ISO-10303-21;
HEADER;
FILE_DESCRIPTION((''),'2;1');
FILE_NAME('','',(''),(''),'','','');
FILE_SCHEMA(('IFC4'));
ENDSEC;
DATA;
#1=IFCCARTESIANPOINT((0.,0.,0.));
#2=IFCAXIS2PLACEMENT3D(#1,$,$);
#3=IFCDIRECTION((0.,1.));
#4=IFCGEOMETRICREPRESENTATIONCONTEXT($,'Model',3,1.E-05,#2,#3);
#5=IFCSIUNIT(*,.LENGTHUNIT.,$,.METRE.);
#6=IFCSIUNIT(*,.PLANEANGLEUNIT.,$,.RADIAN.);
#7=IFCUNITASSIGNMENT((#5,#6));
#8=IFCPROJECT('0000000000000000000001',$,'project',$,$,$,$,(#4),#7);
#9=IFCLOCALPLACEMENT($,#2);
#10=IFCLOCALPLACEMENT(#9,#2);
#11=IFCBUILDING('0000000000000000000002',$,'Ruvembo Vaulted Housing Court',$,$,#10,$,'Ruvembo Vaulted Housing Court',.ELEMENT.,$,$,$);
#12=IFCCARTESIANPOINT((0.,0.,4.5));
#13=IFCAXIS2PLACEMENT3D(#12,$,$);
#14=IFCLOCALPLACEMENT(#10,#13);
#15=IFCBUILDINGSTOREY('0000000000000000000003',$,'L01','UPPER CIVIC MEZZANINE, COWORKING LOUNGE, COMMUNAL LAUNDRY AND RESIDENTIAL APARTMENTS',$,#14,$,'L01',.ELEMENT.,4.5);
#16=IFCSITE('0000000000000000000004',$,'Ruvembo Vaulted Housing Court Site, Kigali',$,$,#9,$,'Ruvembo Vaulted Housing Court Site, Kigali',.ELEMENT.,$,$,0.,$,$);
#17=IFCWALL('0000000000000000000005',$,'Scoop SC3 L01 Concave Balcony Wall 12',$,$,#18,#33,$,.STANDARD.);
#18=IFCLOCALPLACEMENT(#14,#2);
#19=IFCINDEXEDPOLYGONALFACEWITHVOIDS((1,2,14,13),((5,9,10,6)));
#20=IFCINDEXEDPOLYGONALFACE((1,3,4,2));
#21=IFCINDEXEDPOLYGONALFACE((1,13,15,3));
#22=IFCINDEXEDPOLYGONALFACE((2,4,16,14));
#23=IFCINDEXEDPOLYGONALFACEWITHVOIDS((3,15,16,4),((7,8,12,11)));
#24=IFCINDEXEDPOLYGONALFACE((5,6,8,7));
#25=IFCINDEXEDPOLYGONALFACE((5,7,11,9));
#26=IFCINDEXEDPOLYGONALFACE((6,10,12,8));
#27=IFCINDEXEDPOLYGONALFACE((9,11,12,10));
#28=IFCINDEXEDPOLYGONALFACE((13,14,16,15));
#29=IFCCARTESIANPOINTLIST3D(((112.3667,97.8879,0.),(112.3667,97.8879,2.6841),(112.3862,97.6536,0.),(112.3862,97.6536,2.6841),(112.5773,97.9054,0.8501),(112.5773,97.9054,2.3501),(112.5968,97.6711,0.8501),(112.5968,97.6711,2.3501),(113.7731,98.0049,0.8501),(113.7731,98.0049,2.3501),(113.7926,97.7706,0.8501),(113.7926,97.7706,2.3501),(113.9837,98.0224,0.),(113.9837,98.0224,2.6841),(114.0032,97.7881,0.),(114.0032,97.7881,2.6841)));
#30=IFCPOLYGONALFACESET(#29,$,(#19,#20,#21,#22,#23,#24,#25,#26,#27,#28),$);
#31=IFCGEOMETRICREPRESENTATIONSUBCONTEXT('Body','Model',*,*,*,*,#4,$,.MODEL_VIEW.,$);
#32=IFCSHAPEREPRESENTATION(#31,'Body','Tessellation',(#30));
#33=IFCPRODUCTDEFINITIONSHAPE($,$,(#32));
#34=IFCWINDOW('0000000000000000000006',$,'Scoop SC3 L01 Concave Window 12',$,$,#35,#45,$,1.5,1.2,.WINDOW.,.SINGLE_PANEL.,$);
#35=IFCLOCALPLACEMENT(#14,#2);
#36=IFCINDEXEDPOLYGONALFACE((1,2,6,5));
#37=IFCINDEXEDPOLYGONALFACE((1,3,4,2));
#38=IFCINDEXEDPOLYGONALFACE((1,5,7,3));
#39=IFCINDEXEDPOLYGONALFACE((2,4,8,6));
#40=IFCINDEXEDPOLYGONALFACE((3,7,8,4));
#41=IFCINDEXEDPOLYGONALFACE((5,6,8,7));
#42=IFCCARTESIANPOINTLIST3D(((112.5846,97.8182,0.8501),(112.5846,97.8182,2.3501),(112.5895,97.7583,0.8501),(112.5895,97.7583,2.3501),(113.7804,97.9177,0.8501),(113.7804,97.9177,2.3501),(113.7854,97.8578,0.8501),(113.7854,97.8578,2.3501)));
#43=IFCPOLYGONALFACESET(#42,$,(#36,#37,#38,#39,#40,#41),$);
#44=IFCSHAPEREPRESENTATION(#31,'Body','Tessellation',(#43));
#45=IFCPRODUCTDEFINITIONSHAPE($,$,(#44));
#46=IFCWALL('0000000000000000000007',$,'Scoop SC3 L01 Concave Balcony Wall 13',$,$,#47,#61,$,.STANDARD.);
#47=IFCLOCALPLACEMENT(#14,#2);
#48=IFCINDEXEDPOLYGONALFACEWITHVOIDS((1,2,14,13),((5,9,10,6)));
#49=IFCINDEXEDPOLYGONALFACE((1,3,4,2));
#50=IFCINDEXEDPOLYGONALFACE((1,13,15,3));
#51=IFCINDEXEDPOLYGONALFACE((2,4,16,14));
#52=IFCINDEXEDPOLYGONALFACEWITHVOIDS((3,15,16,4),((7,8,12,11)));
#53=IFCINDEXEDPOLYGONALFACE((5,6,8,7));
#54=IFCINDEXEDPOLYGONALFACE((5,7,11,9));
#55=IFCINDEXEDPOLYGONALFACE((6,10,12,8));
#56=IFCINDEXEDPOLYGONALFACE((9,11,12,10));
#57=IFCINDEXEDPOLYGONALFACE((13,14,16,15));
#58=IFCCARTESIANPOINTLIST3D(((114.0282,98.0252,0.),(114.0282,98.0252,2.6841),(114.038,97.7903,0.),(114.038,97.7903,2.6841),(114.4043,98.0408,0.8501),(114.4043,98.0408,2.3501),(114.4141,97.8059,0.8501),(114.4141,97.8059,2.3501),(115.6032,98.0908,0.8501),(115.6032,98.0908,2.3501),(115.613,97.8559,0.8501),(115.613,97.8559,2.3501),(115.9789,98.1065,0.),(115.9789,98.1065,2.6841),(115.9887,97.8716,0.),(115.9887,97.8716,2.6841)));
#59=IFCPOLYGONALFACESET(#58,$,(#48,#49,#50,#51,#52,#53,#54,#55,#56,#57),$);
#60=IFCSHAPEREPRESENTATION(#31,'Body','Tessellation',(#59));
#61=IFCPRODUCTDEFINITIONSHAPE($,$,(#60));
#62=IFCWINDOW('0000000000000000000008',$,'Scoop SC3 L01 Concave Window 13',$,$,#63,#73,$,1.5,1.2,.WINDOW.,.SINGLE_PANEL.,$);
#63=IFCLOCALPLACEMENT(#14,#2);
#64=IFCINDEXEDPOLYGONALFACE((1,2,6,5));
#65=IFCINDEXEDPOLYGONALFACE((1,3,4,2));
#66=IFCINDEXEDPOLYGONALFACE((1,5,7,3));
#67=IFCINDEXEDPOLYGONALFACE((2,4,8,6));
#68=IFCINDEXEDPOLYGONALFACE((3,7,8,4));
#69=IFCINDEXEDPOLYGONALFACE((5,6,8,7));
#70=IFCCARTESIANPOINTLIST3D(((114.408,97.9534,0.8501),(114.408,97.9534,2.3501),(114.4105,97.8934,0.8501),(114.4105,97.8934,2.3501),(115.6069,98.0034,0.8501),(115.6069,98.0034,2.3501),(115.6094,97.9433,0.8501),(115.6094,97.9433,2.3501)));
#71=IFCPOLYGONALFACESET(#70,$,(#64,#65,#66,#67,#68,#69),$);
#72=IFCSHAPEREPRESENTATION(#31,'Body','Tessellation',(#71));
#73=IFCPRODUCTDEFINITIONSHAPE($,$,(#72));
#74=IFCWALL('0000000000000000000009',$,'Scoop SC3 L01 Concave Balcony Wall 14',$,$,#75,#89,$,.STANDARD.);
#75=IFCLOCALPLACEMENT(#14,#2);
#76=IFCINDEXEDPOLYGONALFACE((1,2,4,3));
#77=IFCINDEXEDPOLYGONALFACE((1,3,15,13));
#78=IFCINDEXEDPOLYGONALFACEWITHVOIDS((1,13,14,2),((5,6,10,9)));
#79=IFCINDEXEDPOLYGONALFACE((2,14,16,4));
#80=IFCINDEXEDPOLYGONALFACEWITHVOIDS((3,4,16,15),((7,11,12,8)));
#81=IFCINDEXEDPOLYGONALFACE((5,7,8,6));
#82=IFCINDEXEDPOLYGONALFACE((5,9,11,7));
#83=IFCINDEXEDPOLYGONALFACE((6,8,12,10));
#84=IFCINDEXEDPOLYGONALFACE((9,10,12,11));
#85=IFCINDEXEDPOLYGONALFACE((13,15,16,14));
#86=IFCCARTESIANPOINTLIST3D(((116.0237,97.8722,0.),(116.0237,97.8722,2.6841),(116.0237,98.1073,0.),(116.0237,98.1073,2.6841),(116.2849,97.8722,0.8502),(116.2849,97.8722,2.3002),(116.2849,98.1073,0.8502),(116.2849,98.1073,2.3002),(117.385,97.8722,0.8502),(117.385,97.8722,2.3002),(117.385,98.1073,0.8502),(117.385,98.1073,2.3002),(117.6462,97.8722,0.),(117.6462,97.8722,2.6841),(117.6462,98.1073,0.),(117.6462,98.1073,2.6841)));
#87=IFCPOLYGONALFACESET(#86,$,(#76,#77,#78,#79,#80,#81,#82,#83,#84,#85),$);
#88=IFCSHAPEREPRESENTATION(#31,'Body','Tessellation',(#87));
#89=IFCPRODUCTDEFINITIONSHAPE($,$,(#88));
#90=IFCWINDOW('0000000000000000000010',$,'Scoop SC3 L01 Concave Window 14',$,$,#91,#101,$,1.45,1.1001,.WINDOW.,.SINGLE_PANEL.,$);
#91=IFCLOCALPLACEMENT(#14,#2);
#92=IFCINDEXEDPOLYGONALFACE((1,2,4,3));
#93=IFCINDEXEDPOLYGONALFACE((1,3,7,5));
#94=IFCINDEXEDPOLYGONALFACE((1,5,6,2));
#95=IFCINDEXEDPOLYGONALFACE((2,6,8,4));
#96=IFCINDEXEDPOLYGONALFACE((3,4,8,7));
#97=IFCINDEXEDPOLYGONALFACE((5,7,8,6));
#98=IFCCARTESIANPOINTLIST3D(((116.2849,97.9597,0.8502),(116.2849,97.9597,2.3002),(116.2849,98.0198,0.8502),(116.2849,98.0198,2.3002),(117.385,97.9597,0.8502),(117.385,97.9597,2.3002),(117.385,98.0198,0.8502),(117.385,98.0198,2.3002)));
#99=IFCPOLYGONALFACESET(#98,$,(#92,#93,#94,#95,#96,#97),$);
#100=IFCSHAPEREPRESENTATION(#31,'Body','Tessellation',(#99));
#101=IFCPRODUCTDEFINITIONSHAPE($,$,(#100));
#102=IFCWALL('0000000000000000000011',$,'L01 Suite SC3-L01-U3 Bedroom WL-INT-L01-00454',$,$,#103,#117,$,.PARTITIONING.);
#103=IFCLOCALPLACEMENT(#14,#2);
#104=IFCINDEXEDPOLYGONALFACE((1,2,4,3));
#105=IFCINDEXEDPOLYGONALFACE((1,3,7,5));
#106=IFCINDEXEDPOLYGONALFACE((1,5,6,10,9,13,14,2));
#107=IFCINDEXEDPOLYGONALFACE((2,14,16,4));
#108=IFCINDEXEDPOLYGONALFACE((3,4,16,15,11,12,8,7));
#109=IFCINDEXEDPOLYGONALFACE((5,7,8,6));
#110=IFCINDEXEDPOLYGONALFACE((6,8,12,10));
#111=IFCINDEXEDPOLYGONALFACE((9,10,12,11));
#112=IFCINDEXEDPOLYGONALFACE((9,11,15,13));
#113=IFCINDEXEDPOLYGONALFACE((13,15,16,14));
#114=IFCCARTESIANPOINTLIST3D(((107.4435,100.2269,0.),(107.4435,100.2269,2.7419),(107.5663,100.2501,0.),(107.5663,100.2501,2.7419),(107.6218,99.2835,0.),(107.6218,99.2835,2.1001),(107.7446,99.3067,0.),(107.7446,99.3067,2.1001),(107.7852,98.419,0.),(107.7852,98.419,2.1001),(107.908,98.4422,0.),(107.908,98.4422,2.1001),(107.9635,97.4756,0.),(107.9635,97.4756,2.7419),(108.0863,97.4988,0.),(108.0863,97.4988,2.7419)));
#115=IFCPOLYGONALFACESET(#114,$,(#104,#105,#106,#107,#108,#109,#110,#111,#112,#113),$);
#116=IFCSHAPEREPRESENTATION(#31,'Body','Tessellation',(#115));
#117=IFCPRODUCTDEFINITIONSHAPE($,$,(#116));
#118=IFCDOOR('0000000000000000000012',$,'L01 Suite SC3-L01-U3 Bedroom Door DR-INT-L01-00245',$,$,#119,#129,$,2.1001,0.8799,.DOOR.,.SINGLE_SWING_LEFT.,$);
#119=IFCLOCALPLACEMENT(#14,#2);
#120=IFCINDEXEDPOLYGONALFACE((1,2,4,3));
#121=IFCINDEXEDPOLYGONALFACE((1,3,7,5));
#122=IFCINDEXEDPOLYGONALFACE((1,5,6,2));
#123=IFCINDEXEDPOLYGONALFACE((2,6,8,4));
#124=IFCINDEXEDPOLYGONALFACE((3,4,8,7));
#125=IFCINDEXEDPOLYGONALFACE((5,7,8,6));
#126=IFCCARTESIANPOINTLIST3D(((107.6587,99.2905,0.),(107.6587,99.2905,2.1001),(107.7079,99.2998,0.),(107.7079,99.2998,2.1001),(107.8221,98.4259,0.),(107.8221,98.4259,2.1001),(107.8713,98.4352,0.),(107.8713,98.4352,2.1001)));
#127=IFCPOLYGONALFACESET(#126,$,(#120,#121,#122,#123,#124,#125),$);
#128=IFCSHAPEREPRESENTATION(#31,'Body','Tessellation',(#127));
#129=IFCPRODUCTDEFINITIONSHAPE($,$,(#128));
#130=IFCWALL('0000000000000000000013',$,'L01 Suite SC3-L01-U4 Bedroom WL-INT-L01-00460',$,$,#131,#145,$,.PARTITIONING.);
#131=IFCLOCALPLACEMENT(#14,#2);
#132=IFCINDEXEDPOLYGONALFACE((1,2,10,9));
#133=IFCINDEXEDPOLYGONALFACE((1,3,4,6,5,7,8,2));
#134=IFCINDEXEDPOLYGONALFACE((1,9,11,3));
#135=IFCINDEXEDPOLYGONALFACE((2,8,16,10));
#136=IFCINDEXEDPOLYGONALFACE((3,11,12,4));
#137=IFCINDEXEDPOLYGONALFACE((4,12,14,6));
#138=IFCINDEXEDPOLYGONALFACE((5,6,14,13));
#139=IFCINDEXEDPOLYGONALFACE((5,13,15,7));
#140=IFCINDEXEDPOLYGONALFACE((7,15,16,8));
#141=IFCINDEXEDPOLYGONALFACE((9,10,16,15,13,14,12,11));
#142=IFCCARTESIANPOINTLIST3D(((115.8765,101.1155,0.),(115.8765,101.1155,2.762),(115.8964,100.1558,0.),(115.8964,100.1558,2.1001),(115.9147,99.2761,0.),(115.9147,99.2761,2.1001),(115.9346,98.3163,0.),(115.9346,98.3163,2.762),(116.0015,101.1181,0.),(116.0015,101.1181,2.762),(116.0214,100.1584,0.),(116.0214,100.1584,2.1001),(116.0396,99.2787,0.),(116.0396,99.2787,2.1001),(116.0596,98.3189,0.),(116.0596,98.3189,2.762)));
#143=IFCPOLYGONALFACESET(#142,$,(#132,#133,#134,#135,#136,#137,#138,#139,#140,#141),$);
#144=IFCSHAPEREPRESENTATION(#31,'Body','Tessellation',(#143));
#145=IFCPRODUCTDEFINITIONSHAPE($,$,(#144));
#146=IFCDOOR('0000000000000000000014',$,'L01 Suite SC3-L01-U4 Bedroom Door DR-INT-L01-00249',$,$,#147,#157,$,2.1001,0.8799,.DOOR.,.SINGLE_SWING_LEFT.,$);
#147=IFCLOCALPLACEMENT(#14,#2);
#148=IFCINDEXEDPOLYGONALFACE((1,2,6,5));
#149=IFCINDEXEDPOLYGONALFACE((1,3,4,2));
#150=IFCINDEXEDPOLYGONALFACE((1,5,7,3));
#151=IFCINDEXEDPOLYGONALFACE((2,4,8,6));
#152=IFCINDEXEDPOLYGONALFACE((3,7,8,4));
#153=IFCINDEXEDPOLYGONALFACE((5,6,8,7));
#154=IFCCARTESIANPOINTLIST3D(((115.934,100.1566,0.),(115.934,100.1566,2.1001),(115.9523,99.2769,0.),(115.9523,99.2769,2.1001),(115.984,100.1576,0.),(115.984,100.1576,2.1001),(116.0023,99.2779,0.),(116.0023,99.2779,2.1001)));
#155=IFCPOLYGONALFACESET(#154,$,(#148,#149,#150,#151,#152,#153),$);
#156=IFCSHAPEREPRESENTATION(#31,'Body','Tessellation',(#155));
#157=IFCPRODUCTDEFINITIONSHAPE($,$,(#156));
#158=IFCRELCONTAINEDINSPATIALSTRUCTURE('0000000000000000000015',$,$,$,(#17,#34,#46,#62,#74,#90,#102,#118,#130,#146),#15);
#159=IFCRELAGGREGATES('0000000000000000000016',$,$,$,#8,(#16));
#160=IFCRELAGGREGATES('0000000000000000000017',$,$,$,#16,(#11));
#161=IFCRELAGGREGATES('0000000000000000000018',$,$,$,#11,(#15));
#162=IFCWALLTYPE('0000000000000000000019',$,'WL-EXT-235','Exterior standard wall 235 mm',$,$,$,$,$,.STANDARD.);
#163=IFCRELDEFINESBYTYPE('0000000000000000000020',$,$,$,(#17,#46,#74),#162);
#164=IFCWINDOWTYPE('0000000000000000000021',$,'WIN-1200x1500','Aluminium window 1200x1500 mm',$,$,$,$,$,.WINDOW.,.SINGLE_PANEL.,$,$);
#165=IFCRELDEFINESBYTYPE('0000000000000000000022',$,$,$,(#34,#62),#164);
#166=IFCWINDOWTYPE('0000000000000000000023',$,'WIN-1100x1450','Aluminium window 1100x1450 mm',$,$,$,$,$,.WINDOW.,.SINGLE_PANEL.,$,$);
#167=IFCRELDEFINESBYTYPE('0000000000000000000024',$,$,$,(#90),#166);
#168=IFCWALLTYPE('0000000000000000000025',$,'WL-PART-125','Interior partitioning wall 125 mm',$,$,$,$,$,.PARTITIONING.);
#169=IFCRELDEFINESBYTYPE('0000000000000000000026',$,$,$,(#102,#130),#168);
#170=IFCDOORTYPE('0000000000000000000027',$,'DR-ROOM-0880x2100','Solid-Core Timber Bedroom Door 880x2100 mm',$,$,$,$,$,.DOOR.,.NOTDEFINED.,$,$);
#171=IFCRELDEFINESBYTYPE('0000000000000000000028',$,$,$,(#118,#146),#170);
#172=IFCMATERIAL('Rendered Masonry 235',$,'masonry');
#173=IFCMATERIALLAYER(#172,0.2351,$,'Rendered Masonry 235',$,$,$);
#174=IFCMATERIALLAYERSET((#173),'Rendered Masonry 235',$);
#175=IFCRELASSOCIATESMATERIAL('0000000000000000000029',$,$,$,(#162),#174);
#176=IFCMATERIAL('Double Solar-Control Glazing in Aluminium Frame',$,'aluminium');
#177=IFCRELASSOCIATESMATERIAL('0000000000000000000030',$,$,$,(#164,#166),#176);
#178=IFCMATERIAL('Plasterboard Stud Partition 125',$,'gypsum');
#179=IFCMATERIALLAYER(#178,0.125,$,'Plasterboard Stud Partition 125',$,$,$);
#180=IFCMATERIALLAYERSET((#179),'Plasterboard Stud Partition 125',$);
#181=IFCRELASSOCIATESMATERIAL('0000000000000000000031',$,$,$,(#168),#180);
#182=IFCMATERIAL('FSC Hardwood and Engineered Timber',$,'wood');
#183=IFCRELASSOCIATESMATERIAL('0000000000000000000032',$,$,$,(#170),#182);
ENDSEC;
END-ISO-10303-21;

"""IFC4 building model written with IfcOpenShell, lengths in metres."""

from ifc_helpers import new_model, si_unit, direction, frame, frame_2d, origin, place, context, subcontext, project, spatial, rectangle, extrude, material, layer, layer_set, type_object, element, fill, save


model = new_model("IFC4")

# Units and contexts
model_context = context("Model", 3, precision=1e-05, world=origin(), true_north=direction((0.0, 1.0)))
body_context = subcontext(model_context, "Body", "Model", "MODEL_VIEW")
ifc_project = project(units=[si_unit("LENGTHUNIT", "METRE"), si_unit("PLANEANGLEUNIT", "RADIAN")], contexts=[model_context])

# Site, building, storey
site_placement = place(None, origin())
site = spatial("IfcSite", under=ifc_project, at=site_placement, Name="Ruvembo Vaulted Housing Court Site, Kigali", LongName="Ruvembo Vaulted Housing Court Site, Kigali", CompositionType="ELEMENT", RefElevation=0.0)
building_placement = place(site_placement, origin())
building = spatial("IfcBuilding", under=site, at=building_placement, Name="Ruvembo Vaulted Housing Court", LongName="Ruvembo Vaulted Housing Court", CompositionType="ELEMENT")
storey_placement = place(building_placement, frame((0.0, 0.0, 4.5)))
storey = spatial("IfcBuildingStorey", under=building, at=storey_placement, Name="L01", Description="UPPER CIVIC MEZZANINE, COWORKING LOUNGE, COMMUNAL LAUNDRY AND RESIDENTIAL APARTMENTS", LongName="L01", CompositionType="ELEMENT", Elevation=4.5)

# Shared definitions
ifc_material_1 = material(Name="Rendered Masonry 235", Category="masonry")
ifc_layer_1 = layer(ifc_material_1, 0.2351, Name="Rendered Masonry 235")
ifc_layer_set_1 = layer_set([ifc_layer_1], Name="Rendered Masonry 235")
wall_type_1 = type_object("IfcWallType", Name="WL-EXT-235", Description="Exterior standard wall 235 mm", PredefinedType="STANDARD", material=ifc_layer_set_1)
ifc_material_2 = material(Name="Double Solar-Control Glazing in Aluminium Frame", Category="aluminium")

# Walls, openings, windows
wall_1_placement = place(storey_placement, frame((112.3765, 97.7708, 0.0), z_axis=(0.0, 0.0, 1.0), x_axis=(0.996557, 0.082909, 0.0)))
wall_1 = element("IfcWall", 1, at=wall_1_placement, inside=storey, type_object=wall_type_1, Name="Scoop SC3 L01 Concave Balcony Wall 12", PredefinedType="STANDARD", context=body_context, shape_type="SweptSolid", body=[
    extrude(rectangle(XDim=1.6226, YDim=0.2351, at=frame_2d((0.8113, 0.0))), origin(), (0.0, 0.0, 1.0), 2.6841),
])
opening_1_placement = place(wall_1_placement, frame((0.2112, 0.0, 0.8501)))
opening_1 = element("IfcOpeningElement", 2, at=opening_1_placement, cuts=wall_1, PredefinedType="OPENING", context=body_context, shape_type="SweptSolid", body=[
    extrude(rectangle(XDim=1.2, YDim=1.5, at=frame_2d((0.6001, 0.75))), frame((0.0, 0.1274, 0.0), z_axis=(0.0, -1.0, 0.0), x_axis=(1.0, 0.0, 0.0)), (0.0, 0.0, 1.0), 0.2551),
])
window_type_1 = type_object("IfcWindowType", Name="WIN-1200x1500", Description="Aluminium window 1200x1500 mm", PartitioningType="SINGLE_PANEL", PredefinedType="WINDOW", material=ifc_material_2)
window_1_placement = place(opening_1_placement, origin())
window_1 = element("IfcWindow", 3, at=window_1_placement, inside=storey, type_object=window_type_1, Name="Scoop SC3 L01 Concave Window 12", OverallHeight=1.5, OverallWidth=1.2, PartitioningType="SINGLE_PANEL", PredefinedType="WINDOW", context=body_context, shape_type="SweptSolid", body=[
    extrude(rectangle(XDim=1.2, YDim=1.5, at=frame_2d((0.6001, 0.75))), frame((0.0, 0.03, 0.0), z_axis=(0.0, -1.0, 0.0), x_axis=(1.0, 0.0, 0.0)), (0.0, 0.0, 1.0), 0.0601),
])
fill(opening_1, window_1)
wall_2_placement = place(storey_placement, frame((114.0332, 97.9077, 0.0), z_axis=(0.0, 0.0, 1.0), x_axis=(0.999133, 0.041641, 0.0)))
wall_2 = element("IfcWall", 4, at=wall_2_placement, inside=storey, type_object=wall_type_1, Name="Scoop SC3 L01 Concave Balcony Wall 13", PredefinedType="STANDARD", context=body_context, shape_type="SweptSolid", body=[
    extrude(rectangle(XDim=1.9524, YDim=0.2351, at=frame_2d((0.9761, 0.0))), origin(), (0.0, 0.0, 1.0), 2.6841),
])
opening_2_placement = place(wall_2_placement, frame((0.3762, 0.0, 0.8501)))
opening_2 = element("IfcOpeningElement", 5, at=opening_2_placement, cuts=wall_2, PredefinedType="OPENING", context=body_context, shape_type="SweptSolid", body=[
    extrude(rectangle(XDim=1.2, YDim=1.5, at=frame_2d((0.6001, 0.75))), frame((0.0, 0.1274, 0.0), z_axis=(0.0, -1.0, 0.0), x_axis=(1.0, 0.0, 0.0)), (0.0, 0.0, 1.0), 0.2551),
])
window_2_placement = place(opening_2_placement, origin())
window_2 = element("IfcWindow", 6, at=window_2_placement, inside=storey, type_object=window_type_1, Name="Scoop SC3 L01 Concave Window 13", OverallHeight=1.5, OverallWidth=1.2, PartitioningType="SINGLE_PANEL", PredefinedType="WINDOW", context=body_context, shape_type="SweptSolid", body=[
    extrude(rectangle(XDim=1.2, YDim=1.5, at=frame_2d((0.6001, 0.75))), frame((0.0, 0.03, 0.0), z_axis=(0.0, -1.0, 0.0), x_axis=(1.0, 0.0, 0.0)), (0.0, 0.0, 1.0), 0.0601),
])
fill(opening_2, window_2)
wall_3_placement = place(storey_placement, frame((116.0237, 97.9897, 0.0), z_axis=(0.0, 0.0, 1.0), x_axis=(1.0, 0.0, 0.0)))
wall_3 = element("IfcWall", 7, at=wall_3_placement, inside=storey, type_object=wall_type_1, Name="Scoop SC3 L01 Concave Balcony Wall 14", PredefinedType="STANDARD", context=body_context, shape_type="SweptSolid", body=[
    extrude(rectangle(XDim=1.6226, YDim=0.2351, at=frame_2d((0.8113, 0.0))), origin(), (0.0, 0.0, 1.0), 2.6841),
])
opening_3_placement = place(wall_3_placement, frame((0.2612, 0.0, 0.8501)))
opening_3 = element("IfcOpeningElement", 8, at=opening_3_placement, cuts=wall_3, PredefinedType="OPENING", context=body_context, shape_type="SweptSolid", body=[
    extrude(rectangle(XDim=1.1001, YDim=1.45, at=frame_2d((0.55, 0.7251))), frame((0.0, 0.1274, 0.0), z_axis=(0.0, -1.0, 0.0), x_axis=(1.0, 0.0, 0.0)), (0.0, 0.0, 1.0), 0.2551),
])
window_type_2 = type_object("IfcWindowType", Name="WIN-1100x1450", Description="Aluminium window 1100x1450 mm", PartitioningType="SINGLE_PANEL", PredefinedType="WINDOW", material=ifc_material_2)
window_3_placement = place(opening_3_placement, origin())
window_3 = element("IfcWindow", 9, at=window_3_placement, inside=storey, type_object=window_type_2, Name="Scoop SC3 L01 Concave Window 14", OverallHeight=1.45, OverallWidth=1.1001, PartitioningType="SINGLE_PANEL", PredefinedType="WINDOW", context=body_context, shape_type="SweptSolid", body=[
    extrude(rectangle(XDim=1.1001, YDim=1.45, at=frame_2d((0.55, 0.7251))), frame((0.0, 0.03, 0.0), z_axis=(0.0, -1.0, 0.0), x_axis=(1.0, 0.0, 0.0)), (0.0, 0.0, 1.0), 0.0601),
])
fill(opening_3, window_3)

# Walls, openings, doors
ifc_material_3 = material(Name="Plasterboard Stud Partition 125", Category="gypsum")
ifc_layer_2 = layer(ifc_material_3, 0.125, Name="Plasterboard Stud Partition 125")
ifc_layer_set_2 = layer_set([ifc_layer_2], Name="Plasterboard Stud Partition 125")
wall_type_2 = type_object("IfcWallType", Name="WL-PART-125", Description="Interior partitioning wall 125 mm", PredefinedType="PARTITIONING", material=ifc_layer_set_2)
wall_4_placement = place(storey_placement, frame((108.0249, 97.4873, 0.0), z_axis=(0.0, 0.0, 1.0), x_axis=(-0.185726, 0.982602, 0.0)))
wall_4 = element("IfcWall", 10, at=wall_4_placement, inside=storey, type_object=wall_type_2, Name="L01 Suite SC3-L01-U3 Bedroom WL-INT-L01-00454", PredefinedType="PARTITIONING", context=body_context, shape_type="SweptSolid", body=[
    extrude(rectangle(XDim=2.8, YDim=0.125, at=frame_2d((1.3999, 0.0))), origin(), (0.0, 0.0, 1.0), 2.7419),
])
opening_4_placement = place(wall_4_placement, frame((0.96, 0.0, 0.0)))
opening_4 = element("IfcOpeningElement", 11, at=opening_4_placement, cuts=wall_4, PredefinedType="OPENING", context=body_context, shape_type="SweptSolid", body=[
    extrude(rectangle(XDim=0.8799, YDim=2.1001, at=frame_2d((0.4399, 1.05))), frame((0.0, 0.0725, 0.0), z_axis=(0.0, -1.0, 0.0), x_axis=(1.0, 0.0, 0.0)), (0.0, 0.0, 1.0), 0.145),
])
ifc_material_4 = material(Name="FSC Hardwood and Engineered Timber", Category="wood")
door_type_1 = type_object("IfcDoorType", Name="DR-ROOM-0880x2100", Description="Solid-Core Timber Bedroom Door 880x2100 mm", OperationType="NOTDEFINED", PredefinedType="DOOR", material=ifc_material_4)
door_1_placement = place(opening_4_placement, origin())
door_1 = element("IfcDoor", 12, at=door_1_placement, inside=storey, type_object=door_type_1, Name="L01 Suite SC3-L01-U3 Bedroom Door DR-INT-L01-00245", OperationType="SINGLE_SWING_LEFT", OverallHeight=2.1001, OverallWidth=0.8799, PredefinedType="DOOR", context=body_context, shape_type="SweptSolid", body=[
    extrude(rectangle(XDim=0.8799, YDim=2.1001, at=frame_2d((0.4399, 1.05))), frame((0.0, 0.0249, 0.0), z_axis=(0.0, -1.0, 0.0), x_axis=(1.0, 0.0, 0.0)), (0.0, 0.0, 1.0), 0.05),
])
fill(opening_4, door_1)
wall_5_placement = place(storey_placement, frame((115.9971, 98.3176, 0.0), z_axis=(0.0, 0.0, 1.0), x_axis=(-0.020753, 0.999785, 0.0)))
wall_5 = element("IfcWall", 13, at=wall_5_placement, inside=storey, type_object=wall_type_2, Name="L01 Suite SC3-L01-U4 Bedroom WL-INT-L01-00460", PredefinedType="PARTITIONING", context=body_context, shape_type="SweptSolid", body=[
    extrude(rectangle(XDim=2.7998, YDim=0.125, at=frame_2d((1.3999, 0.0))), origin(), (0.0, 0.0, 1.0), 2.762),
])
opening_5_placement = place(wall_5_placement, frame((0.96, 0.0, 0.0)))
opening_5 = element("IfcOpeningElement", 14, at=opening_5_placement, cuts=wall_5, PredefinedType="OPENING", context=body_context, shape_type="SweptSolid", body=[
    extrude(rectangle(XDim=0.8799, YDim=2.1001, at=frame_2d((0.4399, 1.05))), frame((0.0, 0.0725, 0.0), z_axis=(0.0, -1.0, 0.0), x_axis=(1.0, 0.0, 0.0)), (0.0, 0.0, 1.0), 0.145),
])
door_2_placement = place(opening_5_placement, origin())
door_2 = element("IfcDoor", 15, at=door_2_placement, inside=storey, type_object=door_type_1, Name="L01 Suite SC3-L01-U4 Bedroom Door DR-INT-L01-00249", OperationType="SINGLE_SWING_LEFT", OverallHeight=2.1001, OverallWidth=0.8799, PredefinedType="DOOR", context=body_context, shape_type="SweptSolid", body=[
    extrude(rectangle(XDim=0.8799, YDim=2.1001, at=frame_2d((0.4399, 1.05))), frame((0.0, 0.0249, 0.0), z_axis=(0.0, -1.0, 0.0), x_axis=(1.0, 0.0, 0.0)), (0.0, 0.0, 1.0), 0.05),
])
fill(opening_5, door_2)

save(model, "model.ifc")
